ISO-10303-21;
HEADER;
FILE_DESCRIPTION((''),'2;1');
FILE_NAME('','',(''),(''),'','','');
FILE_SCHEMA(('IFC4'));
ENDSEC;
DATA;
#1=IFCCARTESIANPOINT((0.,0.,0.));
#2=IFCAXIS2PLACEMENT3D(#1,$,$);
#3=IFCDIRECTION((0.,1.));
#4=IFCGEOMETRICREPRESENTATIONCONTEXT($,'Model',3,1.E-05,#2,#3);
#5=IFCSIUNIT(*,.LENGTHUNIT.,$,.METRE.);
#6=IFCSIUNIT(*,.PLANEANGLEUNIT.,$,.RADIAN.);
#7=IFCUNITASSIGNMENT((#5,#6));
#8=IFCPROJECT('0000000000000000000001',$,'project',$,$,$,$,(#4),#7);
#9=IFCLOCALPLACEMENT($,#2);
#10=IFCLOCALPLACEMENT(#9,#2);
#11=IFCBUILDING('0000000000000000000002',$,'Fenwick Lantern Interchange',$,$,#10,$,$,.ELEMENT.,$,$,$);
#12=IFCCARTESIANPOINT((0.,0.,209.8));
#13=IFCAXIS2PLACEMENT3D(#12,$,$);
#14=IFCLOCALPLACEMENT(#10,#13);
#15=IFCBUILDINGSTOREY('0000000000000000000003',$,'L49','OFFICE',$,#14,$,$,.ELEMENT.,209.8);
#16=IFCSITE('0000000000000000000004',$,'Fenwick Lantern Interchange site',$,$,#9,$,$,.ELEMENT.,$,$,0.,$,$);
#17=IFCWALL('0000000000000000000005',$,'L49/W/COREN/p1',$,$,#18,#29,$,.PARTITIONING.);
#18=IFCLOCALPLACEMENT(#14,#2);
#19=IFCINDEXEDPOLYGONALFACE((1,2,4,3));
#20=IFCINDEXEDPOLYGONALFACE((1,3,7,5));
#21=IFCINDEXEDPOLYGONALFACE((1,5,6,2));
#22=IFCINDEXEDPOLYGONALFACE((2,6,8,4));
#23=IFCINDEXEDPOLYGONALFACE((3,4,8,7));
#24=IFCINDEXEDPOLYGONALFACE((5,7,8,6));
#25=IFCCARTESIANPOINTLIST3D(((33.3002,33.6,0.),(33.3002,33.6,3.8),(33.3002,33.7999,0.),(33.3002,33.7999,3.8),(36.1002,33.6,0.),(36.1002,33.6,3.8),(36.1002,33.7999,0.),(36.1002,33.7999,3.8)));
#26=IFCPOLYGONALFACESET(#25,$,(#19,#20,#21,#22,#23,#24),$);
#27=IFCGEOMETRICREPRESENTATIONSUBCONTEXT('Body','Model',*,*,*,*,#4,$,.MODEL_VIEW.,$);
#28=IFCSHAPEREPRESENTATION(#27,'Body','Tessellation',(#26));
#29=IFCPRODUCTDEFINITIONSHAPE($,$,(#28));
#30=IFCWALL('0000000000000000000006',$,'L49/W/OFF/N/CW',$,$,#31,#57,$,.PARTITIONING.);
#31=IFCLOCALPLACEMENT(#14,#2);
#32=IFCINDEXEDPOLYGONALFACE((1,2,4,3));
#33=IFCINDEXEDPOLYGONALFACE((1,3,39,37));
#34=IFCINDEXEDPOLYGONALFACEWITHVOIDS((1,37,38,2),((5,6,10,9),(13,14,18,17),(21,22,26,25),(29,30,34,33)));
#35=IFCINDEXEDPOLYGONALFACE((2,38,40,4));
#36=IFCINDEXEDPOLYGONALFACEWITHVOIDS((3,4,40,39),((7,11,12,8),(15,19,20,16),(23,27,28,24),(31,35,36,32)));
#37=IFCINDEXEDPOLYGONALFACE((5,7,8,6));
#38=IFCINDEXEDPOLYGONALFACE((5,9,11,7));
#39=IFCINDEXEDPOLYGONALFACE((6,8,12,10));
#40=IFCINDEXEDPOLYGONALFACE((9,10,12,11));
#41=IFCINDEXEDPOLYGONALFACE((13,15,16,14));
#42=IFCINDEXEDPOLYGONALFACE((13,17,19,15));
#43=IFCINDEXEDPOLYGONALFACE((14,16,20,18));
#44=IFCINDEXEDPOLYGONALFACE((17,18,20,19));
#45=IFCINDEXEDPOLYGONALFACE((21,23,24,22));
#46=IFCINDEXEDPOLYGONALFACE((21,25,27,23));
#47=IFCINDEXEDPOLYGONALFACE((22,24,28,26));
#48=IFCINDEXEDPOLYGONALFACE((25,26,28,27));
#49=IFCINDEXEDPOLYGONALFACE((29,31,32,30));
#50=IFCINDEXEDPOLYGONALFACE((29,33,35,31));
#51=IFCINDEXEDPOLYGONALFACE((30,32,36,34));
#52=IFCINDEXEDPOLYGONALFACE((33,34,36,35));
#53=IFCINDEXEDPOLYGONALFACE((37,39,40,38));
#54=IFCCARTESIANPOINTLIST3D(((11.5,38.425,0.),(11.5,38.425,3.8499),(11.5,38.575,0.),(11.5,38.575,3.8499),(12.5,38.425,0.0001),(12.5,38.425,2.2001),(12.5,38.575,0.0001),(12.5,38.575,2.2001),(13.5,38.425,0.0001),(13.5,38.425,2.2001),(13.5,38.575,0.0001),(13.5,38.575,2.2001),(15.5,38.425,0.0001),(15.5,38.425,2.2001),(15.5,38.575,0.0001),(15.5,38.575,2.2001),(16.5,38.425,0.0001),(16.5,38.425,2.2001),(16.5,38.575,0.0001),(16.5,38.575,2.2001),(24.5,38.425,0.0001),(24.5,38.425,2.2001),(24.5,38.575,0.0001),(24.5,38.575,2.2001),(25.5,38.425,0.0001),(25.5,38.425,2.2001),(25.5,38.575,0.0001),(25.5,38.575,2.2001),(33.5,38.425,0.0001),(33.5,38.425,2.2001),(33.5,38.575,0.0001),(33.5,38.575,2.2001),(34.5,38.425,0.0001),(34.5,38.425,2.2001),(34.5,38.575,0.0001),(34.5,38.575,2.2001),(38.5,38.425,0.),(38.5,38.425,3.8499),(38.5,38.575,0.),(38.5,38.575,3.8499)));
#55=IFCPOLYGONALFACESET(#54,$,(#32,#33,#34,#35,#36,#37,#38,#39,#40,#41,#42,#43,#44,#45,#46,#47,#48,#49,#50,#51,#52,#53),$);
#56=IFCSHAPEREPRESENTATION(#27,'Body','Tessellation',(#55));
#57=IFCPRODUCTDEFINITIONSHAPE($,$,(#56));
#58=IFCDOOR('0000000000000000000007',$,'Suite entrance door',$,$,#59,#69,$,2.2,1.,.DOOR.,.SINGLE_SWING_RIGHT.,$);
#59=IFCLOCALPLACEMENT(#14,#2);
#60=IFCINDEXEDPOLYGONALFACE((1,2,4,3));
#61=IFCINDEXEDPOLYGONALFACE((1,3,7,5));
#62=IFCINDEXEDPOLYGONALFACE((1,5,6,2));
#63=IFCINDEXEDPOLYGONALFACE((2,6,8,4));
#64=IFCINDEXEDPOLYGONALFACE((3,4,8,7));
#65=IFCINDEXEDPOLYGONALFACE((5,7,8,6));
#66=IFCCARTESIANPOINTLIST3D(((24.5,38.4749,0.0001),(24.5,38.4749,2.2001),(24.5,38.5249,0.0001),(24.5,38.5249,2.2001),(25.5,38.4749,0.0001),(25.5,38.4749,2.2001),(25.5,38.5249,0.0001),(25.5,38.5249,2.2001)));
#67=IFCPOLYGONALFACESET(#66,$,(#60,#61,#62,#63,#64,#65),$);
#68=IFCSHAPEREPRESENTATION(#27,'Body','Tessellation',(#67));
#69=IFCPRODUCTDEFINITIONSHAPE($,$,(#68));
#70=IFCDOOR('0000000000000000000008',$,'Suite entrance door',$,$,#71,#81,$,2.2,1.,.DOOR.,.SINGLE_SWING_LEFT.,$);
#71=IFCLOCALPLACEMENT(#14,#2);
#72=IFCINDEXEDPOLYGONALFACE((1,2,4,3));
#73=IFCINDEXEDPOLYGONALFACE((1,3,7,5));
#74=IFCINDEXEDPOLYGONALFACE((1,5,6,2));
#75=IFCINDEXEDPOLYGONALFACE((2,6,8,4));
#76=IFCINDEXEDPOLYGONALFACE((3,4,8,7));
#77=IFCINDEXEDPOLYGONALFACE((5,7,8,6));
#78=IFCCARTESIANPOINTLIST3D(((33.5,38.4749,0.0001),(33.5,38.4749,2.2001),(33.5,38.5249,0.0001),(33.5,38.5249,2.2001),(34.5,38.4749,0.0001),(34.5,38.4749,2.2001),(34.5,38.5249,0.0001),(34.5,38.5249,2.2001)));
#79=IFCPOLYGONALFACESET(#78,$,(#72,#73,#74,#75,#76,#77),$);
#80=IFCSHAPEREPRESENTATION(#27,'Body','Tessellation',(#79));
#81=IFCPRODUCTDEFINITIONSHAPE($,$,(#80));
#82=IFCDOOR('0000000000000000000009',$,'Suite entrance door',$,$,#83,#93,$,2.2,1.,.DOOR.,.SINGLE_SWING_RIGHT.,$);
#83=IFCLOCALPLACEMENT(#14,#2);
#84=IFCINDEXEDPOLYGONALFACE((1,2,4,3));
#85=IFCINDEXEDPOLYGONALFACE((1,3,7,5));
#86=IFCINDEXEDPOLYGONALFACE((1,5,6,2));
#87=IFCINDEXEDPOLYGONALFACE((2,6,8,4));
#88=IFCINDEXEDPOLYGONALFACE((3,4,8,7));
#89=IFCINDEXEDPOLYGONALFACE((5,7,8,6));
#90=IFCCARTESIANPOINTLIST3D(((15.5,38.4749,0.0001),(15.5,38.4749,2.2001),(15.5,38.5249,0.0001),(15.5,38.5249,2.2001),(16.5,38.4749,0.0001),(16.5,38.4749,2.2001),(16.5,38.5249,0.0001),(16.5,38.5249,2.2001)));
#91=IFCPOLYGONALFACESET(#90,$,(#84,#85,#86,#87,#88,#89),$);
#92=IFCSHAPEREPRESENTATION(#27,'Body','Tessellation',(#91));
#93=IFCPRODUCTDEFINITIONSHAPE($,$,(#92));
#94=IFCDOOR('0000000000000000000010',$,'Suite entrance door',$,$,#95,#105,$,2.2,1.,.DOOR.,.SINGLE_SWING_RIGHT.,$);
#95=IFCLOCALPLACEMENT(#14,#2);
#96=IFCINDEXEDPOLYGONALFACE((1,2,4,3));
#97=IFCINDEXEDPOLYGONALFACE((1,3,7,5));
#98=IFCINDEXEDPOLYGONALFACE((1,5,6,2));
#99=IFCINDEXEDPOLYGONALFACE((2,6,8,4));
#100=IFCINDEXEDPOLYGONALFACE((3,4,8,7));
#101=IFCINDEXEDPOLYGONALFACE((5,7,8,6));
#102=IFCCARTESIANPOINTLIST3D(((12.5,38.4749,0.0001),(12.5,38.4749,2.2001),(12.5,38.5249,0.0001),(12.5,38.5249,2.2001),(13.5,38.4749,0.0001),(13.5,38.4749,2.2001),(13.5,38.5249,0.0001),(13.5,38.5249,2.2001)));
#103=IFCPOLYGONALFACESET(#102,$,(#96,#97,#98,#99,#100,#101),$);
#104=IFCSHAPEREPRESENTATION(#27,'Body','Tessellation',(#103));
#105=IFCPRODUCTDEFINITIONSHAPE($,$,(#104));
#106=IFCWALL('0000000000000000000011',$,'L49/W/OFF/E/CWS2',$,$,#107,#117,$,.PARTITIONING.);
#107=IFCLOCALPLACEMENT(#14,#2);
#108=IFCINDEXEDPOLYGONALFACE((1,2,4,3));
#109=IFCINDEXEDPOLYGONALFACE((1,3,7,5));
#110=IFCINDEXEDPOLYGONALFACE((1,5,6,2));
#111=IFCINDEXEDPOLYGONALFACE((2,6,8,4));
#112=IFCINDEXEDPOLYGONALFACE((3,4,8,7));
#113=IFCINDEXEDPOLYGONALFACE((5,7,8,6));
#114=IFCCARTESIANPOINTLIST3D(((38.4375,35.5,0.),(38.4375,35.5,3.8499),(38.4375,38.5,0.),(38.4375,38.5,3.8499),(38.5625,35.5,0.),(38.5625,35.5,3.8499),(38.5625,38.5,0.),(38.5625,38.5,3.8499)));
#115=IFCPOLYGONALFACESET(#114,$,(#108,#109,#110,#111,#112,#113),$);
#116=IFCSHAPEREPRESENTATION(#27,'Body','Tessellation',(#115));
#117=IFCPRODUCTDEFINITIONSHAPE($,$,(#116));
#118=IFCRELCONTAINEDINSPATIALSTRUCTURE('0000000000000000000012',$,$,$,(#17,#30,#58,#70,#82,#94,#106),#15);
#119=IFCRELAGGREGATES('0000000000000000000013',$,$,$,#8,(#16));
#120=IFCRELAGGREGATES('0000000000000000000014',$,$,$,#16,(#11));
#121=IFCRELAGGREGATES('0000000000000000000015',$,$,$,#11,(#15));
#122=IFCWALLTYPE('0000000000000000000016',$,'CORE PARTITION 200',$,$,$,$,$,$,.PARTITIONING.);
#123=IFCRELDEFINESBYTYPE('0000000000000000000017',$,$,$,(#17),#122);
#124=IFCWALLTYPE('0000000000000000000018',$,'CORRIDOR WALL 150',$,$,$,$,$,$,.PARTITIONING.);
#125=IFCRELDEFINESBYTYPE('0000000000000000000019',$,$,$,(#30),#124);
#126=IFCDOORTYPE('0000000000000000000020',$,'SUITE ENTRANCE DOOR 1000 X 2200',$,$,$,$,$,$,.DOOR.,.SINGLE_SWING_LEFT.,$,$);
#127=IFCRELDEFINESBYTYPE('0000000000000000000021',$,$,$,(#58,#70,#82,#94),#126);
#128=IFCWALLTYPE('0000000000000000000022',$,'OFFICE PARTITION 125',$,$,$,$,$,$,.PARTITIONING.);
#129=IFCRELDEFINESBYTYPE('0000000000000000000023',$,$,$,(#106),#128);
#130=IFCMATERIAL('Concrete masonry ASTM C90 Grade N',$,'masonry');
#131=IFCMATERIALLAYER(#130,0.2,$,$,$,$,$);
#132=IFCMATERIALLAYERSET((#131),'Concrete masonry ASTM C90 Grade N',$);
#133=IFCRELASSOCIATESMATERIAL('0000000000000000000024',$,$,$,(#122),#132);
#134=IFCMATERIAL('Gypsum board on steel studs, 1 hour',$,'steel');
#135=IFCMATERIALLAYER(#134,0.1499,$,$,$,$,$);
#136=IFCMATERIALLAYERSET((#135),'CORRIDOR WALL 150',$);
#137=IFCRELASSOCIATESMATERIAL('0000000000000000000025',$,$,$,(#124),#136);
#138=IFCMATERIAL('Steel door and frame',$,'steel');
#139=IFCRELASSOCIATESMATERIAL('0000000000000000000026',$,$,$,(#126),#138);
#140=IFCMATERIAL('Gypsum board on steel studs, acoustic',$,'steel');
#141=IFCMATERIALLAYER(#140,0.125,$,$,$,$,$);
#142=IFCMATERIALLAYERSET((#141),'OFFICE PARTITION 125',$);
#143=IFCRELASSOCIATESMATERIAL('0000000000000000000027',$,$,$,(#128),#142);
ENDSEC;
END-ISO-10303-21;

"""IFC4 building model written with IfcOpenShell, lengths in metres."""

from ifc_helpers import new_model, si_unit, direction, frame, frame_2d, origin, place, context, subcontext, project, spatial, rectangle, extrude, material, layer, layer_set, type_object, element, fill, save


model = new_model("IFC4")

# Units and contexts
model_context = context("Model", 3, precision=1e-05, world=origin(), true_north=direction((0.0, 1.0)))
body_context = subcontext(model_context, "Body", "Model", "MODEL_VIEW")
ifc_project = project(units=[si_unit("LENGTHUNIT", "METRE"), si_unit("PLANEANGLEUNIT", "RADIAN")], contexts=[model_context])

# Site, building, storey
site_placement = place(None, origin())
site = spatial("IfcSite", under=ifc_project, at=site_placement, Name="Fenwick Lantern Interchange site", CompositionType="ELEMENT", RefElevation=0.0)
building_placement = place(site_placement, origin())
building = spatial("IfcBuilding", under=site, at=building_placement, Name="Fenwick Lantern Interchange", CompositionType="ELEMENT")
storey_placement = place(building_placement, frame((0.0, 0.0, 209.8)))
storey = spatial("IfcBuildingStorey", under=building, at=storey_placement, Name="L49", Description="OFFICE", CompositionType="ELEMENT", Elevation=209.8)

# Wall
ifc_material_1 = material(Name="Concrete masonry ASTM C90 Grade N", Category="masonry")
ifc_layer_1 = layer(ifc_material_1, 0.2)
ifc_layer_set_1 = layer_set([ifc_layer_1], Name="Concrete masonry ASTM C90 Grade N")
wall_type_1 = type_object("IfcWallType", Name="CORE PARTITION 200", PredefinedType="PARTITIONING", material=ifc_layer_set_1)
for number, where, z_axis, x_axis, name in (
    (1, (36.1001, 33.7, 0.0), (0.0, 0.0, 1.0), (-1.0, 0.0, 0.0), "L49/W/COREN/p1"),
):
    element("IfcWall", number, at=place(storey_placement, frame(where, z_axis=z_axis, x_axis=x_axis)), inside=storey, type_object=wall_type_1, Name=name, PredefinedType="PARTITIONING", context=body_context, shape_type="SweptSolid", body=[
        extrude(rectangle(XDim=2.8, YDim=0.2, at=frame_2d((1.3999, 0.0))), origin(), (0.0, 0.0, 1.0), 3.8),
    ])

# Wall, openings, doors
ifc_material_2 = material(Name="Steel door and frame", Category="steel")
ifc_material_3 = material(Name="Gypsum board on steel studs, 1 hour", Category="steel")
ifc_layer_2 = layer(ifc_material_3, 0.1499)
ifc_layer_set_2 = layer_set([ifc_layer_2], Name="CORRIDOR WALL 150")
wall_type_2 = type_object("IfcWallType", Name="CORRIDOR WALL 150", PredefinedType="PARTITIONING", material=ifc_layer_set_2)
wall_1_placement = place(storey_placement, frame((38.5, 38.5, 0.0), z_axis=(0.0, 0.0, 1.0), x_axis=(-1.0, 0.0, 0.0)))
wall_1 = element("IfcWall", 2, at=wall_1_placement, inside=storey, type_object=wall_type_2, Name="L49/W/OFF/N/CW", PredefinedType="PARTITIONING", context=body_context, shape_type="SweptSolid", body=[
    extrude(rectangle(XDim=27.0, YDim=0.1499, at=frame_2d((13.5, 0.0))), origin(), (0.0, 0.0, 1.0), 3.8499),
])
opening_1_placement = place(wall_1_placement, frame((13.0, 0.0, 0.0)))
opening_1 = element("IfcOpeningElement", 3, at=opening_1_placement, cuts=wall_1, PredefinedType="OPENING", context=body_context, shape_type="SweptSolid", body=[
    extrude(rectangle(XDim=1.0, YDim=2.2, at=frame_2d((0.5, 1.1001))), frame((0.0, 0.085, 0.0), z_axis=(0.0, -1.0, 0.0), x_axis=(1.0, 0.0, 0.0)), (0.0, 0.0, 1.0), 0.1699),
])
opening_2_placement = place(wall_1_placement, frame((4.0, 0.0, 0.0)))
opening_2 = element("IfcOpeningElement", 4, at=opening_2_placement, cuts=wall_1, PredefinedType="OPENING", context=body_context, shape_type="SweptSolid", body=[
    extrude(rectangle(XDim=1.0, YDim=2.2, at=frame_2d((0.5, 1.1001))), frame((0.0, 0.085, 0.0), z_axis=(0.0, -1.0, 0.0), x_axis=(1.0, 0.0, 0.0)), (0.0, 0.0, 1.0), 0.1699),
])
opening_3_placement = place(wall_1_placement, frame((22.0, 0.0, 0.0)))
opening_3 = element("IfcOpeningElement", 5, at=opening_3_placement, cuts=wall_1, PredefinedType="OPENING", context=body_context, shape_type="SweptSolid", body=[
    extrude(rectangle(XDim=1.0, YDim=2.2, at=frame_2d((0.5, 1.1001))), frame((0.0, 0.085, 0.0), z_axis=(0.0, -1.0, 0.0), x_axis=(1.0, 0.0, 0.0)), (0.0, 0.0, 1.0), 0.1699),
])
opening_4_placement = place(wall_1_placement, frame((25.0, 0.0, 0.0)))
opening_4 = element("IfcOpeningElement", 6, at=opening_4_placement, cuts=wall_1, PredefinedType="OPENING", context=body_context, shape_type="SweptSolid", body=[
    extrude(rectangle(XDim=1.0, YDim=2.2, at=frame_2d((0.5, 1.1001))), frame((0.0, 0.085, 0.0), z_axis=(0.0, -1.0, 0.0), x_axis=(1.0, 0.0, 0.0)), (0.0, 0.0, 1.0), 0.1699),
])
door_type_1 = type_object("IfcDoorType", Name="SUITE ENTRANCE DOOR 1000 X 2200", OperationType="SINGLE_SWING_LEFT", PredefinedType="DOOR", material=ifc_material_2)
door_1_placement = place(opening_1_placement, frame((1.0, 0.0, 0.0), z_axis=(0.0, 0.0, 1.0), x_axis=(-1.0, 0.0, 0.0)))
door_1 = element("IfcDoor", 7, at=door_1_placement, inside=storey, type_object=door_type_1, Name="Suite entrance door", OperationType="SINGLE_SWING_RIGHT", OverallHeight=2.2, OverallWidth=1.0, PredefinedType="DOOR", context=body_context, shape_type="SweptSolid", body=[
    extrude(rectangle(XDim=1.0, YDim=2.2, at=frame_2d((0.5, 1.1001))), frame((0.0, 0.0249, 0.0), z_axis=(0.0, -1.0, 0.0), x_axis=(1.0, 0.0, 0.0)), (0.0, 0.0, 1.0), 0.05),
])
fill(opening_1, door_1)
door_2_placement = place(opening_2_placement, frame((1.0, 0.0, 0.0), z_axis=(0.0, 0.0, 1.0), x_axis=(-1.0, 0.0, 0.0)))
door_2 = element("IfcDoor", 8, at=door_2_placement, inside=storey, type_object=door_type_1, Name="Suite entrance door", OperationType="SINGLE_SWING_LEFT", OverallHeight=2.2, OverallWidth=1.0, PredefinedType="DOOR", context=body_context, shape_type="SweptSolid", body=[
    extrude(rectangle(XDim=1.0, YDim=2.2, at=frame_2d((0.5, 1.1001))), frame((0.0, 0.0249, 0.0), z_axis=(0.0, -1.0, 0.0), x_axis=(1.0, 0.0, 0.0)), (0.0, 0.0, 1.0), 0.05),
])
fill(opening_2, door_2)
door_3_placement = place(opening_3_placement, frame((1.0, 0.0, 0.0), z_axis=(0.0, 0.0, 1.0), x_axis=(-1.0, 0.0, 0.0)))
door_3 = element("IfcDoor", 9, at=door_3_placement, inside=storey, type_object=door_type_1, Name="Suite entrance door", OperationType="SINGLE_SWING_RIGHT", OverallHeight=2.2, OverallWidth=1.0, PredefinedType="DOOR", context=body_context, shape_type="SweptSolid", body=[
    extrude(rectangle(XDim=1.0, YDim=2.2, at=frame_2d((0.5, 1.1001))), frame((0.0, 0.0249, 0.0), z_axis=(0.0, -1.0, 0.0), x_axis=(1.0, 0.0, 0.0)), (0.0, 0.0, 1.0), 0.05),
])
fill(opening_3, door_3)
door_4_placement = place(opening_4_placement, frame((1.0, 0.0, 0.0), z_axis=(0.0, 0.0, 1.0), x_axis=(-1.0, 0.0, 0.0)))
door_4 = element("IfcDoor", 10, at=door_4_placement, inside=storey, type_object=door_type_1, Name="Suite entrance door", OperationType="SINGLE_SWING_RIGHT", OverallHeight=2.2, OverallWidth=1.0, PredefinedType="DOOR", context=body_context, shape_type="SweptSolid", body=[
    extrude(rectangle(XDim=1.0, YDim=2.2, at=frame_2d((0.5, 1.1001))), frame((0.0, 0.0249, 0.0), z_axis=(0.0, -1.0, 0.0), x_axis=(1.0, 0.0, 0.0)), (0.0, 0.0, 1.0), 0.05),
])
fill(opening_4, door_4)

# Wall
ifc_material_4 = material(Name="Gypsum board on steel studs, acoustic", Category="steel")
ifc_layer_3 = layer(ifc_material_4, 0.125)
ifc_layer_set_3 = layer_set([ifc_layer_3], Name="OFFICE PARTITION 125")
wall_type_3 = type_object("IfcWallType", Name="OFFICE PARTITION 125", PredefinedType="PARTITIONING", material=ifc_layer_set_3)
wall_2_placement = place(storey_placement, frame((38.5, 35.5, 0.0), z_axis=(0.0, 0.0, 1.0), x_axis=(0.0, 1.0, 0.0)))
element("IfcWall", 11, at=wall_2_placement, inside=storey, type_object=wall_type_3, Name="L49/W/OFF/E/CWS2", PredefinedType="PARTITIONING", context=body_context, shape_type="SweptSolid", body=[
    extrude(rectangle(XDim=3.0, YDim=0.125, at=frame_2d((1.5, 0.0))), origin(), (0.0, 0.0, 1.0), 3.8499),
])

save(model, "model.ifc")
